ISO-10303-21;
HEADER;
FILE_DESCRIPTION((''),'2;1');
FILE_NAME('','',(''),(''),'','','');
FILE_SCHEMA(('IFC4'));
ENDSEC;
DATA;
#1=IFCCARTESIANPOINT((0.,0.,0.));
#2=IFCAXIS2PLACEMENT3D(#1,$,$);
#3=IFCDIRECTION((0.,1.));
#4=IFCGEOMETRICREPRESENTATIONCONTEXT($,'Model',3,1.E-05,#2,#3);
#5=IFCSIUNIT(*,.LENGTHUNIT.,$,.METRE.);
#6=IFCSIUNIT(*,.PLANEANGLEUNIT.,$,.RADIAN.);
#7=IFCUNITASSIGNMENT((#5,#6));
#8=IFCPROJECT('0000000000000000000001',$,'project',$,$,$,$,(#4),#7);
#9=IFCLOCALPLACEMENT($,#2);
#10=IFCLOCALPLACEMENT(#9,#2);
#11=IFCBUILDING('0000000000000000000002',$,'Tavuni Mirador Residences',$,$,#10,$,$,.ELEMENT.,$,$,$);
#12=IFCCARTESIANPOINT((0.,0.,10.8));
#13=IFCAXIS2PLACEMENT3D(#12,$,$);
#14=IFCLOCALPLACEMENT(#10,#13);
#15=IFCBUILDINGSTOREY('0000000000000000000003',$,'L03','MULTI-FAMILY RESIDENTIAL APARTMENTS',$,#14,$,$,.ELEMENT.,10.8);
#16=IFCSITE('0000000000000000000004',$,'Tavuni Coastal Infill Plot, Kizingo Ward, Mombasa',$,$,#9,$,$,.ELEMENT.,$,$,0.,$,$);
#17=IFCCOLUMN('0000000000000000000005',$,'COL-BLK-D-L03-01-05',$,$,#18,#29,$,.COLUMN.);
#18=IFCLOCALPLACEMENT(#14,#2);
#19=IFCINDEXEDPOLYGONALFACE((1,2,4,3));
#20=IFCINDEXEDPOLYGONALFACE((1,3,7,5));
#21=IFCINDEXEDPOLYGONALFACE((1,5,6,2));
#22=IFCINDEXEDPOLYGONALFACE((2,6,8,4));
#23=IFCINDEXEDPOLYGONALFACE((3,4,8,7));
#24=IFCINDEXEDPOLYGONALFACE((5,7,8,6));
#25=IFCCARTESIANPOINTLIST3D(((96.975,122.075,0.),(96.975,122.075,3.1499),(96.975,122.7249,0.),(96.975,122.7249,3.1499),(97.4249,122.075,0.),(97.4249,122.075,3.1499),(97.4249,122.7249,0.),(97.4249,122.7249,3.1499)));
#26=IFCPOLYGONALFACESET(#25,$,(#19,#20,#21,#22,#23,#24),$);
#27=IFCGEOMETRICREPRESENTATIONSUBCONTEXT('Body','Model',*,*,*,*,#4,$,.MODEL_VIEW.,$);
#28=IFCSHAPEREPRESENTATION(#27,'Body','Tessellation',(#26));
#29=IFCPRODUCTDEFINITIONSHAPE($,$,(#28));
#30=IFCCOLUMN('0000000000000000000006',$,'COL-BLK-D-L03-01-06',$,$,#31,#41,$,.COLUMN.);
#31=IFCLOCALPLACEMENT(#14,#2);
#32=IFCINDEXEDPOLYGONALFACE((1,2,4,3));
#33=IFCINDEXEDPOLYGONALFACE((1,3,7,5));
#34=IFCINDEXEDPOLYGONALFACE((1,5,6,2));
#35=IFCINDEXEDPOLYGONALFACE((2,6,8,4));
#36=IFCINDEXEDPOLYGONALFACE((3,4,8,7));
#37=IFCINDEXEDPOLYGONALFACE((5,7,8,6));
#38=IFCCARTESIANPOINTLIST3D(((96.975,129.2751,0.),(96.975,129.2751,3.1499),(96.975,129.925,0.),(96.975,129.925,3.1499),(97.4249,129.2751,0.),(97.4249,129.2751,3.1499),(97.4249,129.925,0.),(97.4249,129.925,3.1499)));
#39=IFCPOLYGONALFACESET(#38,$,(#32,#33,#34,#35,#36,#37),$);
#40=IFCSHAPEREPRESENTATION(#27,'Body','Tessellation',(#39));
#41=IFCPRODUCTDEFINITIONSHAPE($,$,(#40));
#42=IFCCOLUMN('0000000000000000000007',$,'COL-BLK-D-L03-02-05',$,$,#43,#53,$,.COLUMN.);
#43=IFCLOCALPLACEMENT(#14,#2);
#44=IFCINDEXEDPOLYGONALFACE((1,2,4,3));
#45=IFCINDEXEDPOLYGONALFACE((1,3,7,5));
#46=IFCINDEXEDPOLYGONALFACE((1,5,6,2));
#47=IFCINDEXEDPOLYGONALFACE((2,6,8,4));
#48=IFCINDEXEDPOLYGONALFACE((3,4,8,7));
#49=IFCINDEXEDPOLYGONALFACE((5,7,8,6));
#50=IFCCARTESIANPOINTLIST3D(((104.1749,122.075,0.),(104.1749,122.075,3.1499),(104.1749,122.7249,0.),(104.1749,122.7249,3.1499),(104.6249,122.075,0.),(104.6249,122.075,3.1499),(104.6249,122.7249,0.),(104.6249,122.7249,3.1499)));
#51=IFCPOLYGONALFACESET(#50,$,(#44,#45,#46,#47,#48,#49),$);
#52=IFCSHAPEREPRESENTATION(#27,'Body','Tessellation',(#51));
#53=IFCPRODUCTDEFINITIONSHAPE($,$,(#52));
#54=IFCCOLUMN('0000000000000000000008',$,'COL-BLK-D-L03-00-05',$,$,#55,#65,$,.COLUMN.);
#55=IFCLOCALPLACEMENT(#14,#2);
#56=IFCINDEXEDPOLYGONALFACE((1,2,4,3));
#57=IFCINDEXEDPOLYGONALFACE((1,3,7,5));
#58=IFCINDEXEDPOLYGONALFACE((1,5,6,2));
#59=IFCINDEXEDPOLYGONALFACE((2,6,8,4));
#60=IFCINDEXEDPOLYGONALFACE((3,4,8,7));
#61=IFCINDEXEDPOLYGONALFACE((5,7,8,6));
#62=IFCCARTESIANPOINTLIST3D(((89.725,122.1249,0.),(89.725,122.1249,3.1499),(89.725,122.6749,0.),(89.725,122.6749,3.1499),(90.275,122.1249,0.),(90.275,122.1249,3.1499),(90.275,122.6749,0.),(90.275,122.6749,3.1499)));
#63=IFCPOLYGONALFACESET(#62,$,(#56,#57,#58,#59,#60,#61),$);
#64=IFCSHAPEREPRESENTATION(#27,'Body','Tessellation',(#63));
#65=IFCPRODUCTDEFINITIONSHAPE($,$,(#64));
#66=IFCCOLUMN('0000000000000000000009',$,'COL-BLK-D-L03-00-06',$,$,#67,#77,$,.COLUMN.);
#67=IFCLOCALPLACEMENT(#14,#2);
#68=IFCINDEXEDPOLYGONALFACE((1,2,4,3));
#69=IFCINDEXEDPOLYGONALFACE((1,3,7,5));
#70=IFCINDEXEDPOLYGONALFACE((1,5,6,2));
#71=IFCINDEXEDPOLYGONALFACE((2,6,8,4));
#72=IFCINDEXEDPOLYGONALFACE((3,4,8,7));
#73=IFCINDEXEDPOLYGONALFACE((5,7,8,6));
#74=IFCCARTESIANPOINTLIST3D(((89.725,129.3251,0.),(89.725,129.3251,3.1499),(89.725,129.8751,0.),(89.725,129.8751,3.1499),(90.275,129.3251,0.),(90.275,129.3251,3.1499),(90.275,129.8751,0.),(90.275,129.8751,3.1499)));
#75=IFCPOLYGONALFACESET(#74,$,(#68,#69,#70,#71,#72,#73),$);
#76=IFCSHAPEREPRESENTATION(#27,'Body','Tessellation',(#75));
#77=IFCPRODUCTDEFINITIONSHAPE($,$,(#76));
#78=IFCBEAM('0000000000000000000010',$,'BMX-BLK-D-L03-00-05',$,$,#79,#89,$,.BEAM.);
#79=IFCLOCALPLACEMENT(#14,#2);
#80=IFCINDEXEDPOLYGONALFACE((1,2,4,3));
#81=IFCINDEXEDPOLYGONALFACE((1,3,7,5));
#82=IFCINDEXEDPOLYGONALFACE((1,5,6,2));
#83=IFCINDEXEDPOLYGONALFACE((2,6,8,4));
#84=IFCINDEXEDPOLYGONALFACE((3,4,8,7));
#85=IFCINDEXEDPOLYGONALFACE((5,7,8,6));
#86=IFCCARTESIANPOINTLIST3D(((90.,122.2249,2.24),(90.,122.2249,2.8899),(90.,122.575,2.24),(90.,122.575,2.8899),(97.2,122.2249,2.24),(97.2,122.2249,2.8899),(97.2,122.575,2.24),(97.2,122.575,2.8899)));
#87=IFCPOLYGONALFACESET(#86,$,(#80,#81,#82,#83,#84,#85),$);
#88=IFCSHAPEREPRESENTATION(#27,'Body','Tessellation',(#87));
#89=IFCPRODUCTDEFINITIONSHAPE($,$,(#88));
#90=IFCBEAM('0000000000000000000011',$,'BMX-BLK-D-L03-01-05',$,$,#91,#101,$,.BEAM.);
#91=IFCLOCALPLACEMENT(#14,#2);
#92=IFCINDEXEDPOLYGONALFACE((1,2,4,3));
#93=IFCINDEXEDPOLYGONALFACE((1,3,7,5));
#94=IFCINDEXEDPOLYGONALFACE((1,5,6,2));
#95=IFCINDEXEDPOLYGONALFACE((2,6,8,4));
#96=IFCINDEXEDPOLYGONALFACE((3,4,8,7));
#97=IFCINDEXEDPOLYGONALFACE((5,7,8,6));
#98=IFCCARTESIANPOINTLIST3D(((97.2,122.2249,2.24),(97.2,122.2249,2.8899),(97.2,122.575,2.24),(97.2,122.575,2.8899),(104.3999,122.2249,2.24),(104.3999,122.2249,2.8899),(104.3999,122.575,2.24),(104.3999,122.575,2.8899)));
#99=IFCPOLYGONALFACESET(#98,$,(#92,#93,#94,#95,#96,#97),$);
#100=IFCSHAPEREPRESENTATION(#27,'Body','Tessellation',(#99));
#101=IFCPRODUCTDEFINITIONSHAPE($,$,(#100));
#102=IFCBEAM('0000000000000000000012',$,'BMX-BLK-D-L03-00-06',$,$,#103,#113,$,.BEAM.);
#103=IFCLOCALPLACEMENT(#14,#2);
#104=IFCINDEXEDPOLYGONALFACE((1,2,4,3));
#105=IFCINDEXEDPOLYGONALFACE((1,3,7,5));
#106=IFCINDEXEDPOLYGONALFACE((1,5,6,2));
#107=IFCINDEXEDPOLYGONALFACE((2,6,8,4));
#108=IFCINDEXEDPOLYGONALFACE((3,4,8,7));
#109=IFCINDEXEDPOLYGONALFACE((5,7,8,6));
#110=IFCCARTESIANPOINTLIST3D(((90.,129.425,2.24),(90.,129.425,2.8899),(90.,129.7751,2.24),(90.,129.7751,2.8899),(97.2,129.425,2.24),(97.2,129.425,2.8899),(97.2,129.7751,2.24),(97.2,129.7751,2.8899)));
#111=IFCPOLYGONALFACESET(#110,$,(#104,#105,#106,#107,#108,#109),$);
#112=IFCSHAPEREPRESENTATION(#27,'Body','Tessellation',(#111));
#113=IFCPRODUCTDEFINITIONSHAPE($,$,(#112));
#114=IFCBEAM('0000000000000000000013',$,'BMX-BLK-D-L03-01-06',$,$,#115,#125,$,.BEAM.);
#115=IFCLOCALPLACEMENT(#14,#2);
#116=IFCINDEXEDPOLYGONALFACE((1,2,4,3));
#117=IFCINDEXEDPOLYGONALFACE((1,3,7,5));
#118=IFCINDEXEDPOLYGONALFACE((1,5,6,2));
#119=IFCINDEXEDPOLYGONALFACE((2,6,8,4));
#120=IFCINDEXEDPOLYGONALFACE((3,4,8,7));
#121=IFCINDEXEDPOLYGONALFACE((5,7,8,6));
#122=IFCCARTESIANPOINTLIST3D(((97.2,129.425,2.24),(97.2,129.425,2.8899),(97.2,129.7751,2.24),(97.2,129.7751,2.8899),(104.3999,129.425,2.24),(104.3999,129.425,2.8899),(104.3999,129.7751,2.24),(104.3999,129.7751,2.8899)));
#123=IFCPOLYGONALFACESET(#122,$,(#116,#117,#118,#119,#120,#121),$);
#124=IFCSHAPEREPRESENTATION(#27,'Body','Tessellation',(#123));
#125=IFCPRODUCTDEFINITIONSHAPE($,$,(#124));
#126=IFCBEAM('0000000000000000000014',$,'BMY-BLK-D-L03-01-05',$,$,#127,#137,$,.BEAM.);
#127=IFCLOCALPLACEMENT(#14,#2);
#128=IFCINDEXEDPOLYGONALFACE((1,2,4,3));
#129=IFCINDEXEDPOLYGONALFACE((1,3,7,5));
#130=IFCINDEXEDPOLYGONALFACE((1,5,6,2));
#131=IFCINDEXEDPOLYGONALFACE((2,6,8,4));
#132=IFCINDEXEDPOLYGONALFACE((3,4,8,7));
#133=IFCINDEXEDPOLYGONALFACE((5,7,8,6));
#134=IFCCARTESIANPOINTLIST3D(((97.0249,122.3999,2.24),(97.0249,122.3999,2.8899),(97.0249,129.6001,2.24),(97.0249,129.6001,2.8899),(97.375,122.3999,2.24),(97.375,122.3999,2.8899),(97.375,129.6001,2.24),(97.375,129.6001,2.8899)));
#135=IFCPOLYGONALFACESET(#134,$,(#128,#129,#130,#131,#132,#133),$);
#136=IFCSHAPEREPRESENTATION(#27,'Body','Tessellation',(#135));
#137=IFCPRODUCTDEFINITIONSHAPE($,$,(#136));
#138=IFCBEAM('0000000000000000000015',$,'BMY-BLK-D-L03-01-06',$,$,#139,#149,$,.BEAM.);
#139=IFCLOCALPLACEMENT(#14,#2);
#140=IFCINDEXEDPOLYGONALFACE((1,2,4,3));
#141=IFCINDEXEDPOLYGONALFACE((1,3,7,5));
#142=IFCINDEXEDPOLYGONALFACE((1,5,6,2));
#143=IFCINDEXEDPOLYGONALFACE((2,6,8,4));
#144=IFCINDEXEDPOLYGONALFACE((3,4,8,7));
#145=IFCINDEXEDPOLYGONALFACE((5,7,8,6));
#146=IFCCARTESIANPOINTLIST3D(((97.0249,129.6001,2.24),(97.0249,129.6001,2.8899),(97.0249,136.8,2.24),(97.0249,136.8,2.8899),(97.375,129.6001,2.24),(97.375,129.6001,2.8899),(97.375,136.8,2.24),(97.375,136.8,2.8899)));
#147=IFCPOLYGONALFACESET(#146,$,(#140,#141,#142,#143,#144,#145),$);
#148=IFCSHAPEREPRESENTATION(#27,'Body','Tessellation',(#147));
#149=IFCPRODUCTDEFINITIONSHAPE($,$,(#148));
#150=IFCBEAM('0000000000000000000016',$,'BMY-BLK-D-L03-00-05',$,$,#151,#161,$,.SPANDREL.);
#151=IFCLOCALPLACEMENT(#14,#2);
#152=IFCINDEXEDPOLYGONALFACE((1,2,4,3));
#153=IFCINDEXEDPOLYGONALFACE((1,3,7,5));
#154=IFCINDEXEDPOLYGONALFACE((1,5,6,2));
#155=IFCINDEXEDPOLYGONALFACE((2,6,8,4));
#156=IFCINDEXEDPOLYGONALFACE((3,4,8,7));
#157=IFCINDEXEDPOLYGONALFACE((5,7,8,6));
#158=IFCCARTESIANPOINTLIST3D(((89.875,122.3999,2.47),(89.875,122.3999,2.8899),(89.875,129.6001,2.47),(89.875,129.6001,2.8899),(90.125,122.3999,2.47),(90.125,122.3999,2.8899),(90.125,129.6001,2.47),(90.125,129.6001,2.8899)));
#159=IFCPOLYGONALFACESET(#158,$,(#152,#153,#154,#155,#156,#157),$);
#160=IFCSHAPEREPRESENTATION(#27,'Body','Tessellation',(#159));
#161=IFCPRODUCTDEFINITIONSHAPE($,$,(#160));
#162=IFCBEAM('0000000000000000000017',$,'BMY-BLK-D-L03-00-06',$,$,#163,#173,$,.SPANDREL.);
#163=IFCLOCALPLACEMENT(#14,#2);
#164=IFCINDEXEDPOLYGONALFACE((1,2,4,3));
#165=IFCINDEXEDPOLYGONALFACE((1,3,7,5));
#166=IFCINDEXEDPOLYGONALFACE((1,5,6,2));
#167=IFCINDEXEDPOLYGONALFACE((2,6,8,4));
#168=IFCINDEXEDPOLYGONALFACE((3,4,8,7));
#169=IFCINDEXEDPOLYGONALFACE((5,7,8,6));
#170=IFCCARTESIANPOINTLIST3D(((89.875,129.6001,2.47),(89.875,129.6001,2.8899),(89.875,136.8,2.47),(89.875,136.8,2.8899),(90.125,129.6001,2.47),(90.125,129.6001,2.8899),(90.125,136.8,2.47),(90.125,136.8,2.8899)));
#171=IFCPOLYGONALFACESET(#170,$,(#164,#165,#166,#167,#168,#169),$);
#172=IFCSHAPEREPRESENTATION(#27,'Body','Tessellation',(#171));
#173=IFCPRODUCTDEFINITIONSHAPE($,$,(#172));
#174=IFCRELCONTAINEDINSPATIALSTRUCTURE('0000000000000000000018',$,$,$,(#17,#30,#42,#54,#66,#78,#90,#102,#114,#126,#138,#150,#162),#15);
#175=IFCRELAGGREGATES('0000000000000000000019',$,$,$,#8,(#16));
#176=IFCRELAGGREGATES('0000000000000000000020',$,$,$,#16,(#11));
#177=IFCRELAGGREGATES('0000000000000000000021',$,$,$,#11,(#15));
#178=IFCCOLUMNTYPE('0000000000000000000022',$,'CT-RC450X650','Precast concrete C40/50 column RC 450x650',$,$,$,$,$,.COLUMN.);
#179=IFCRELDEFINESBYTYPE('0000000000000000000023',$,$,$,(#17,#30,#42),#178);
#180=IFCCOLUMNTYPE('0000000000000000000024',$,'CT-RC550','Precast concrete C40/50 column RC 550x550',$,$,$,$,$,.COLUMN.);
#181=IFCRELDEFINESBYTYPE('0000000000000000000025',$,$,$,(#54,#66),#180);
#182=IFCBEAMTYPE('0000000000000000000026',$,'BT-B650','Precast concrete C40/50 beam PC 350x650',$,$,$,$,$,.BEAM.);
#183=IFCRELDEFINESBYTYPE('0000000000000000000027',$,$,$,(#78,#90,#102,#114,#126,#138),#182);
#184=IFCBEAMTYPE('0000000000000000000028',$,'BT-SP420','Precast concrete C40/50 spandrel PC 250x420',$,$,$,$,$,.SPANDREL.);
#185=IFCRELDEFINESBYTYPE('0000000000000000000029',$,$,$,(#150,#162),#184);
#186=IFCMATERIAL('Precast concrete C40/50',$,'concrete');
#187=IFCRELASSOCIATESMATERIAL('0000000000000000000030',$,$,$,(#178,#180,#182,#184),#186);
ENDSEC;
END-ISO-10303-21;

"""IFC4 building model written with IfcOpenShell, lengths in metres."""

from ifc_helpers import new_model, si_unit, direction, frame, origin, origin_2d, place, context, subcontext, project, spatial, rectangle, extrude, material, material_profile, profile_set, type_object, element, save


model = new_model("IFC4")

# Units and contexts
model_context = context("Model", 3, precision=1e-05, world=origin(), true_north=direction((0.0, 1.0)))
body_context = subcontext(model_context, "Body", "Model", "MODEL_VIEW")
ifc_project = project(units=[si_unit("LENGTHUNIT", "METRE"), si_unit("PLANEANGLEUNIT", "RADIAN")], contexts=[model_context])

# Site, building, storey
site_placement = place(None, origin())
site = spatial("IfcSite", under=ifc_project, at=site_placement, Name="Tavuni Coastal Infill Plot, Kizingo Ward, Mombasa", CompositionType="ELEMENT", RefElevation=0.0)
building_placement = place(site_placement, origin())
building = spatial("IfcBuilding", under=site, at=building_placement, Name="Tavuni Mirador Residences", CompositionType="ELEMENT")
storey_placement = place(building_placement, frame((0.0, 0.0, 10.8)))
storey = spatial("IfcBuildingStorey", under=building, at=storey_placement, Name="L03", Description="MULTI-FAMILY RESIDENTIAL APARTMENTS", CompositionType="ELEMENT", Elevation=10.8)

# Columns
ifc_material_1 = material(Name="Precast concrete C40/50", Category="concrete")
ifc_material_profile_1 = material_profile(ifc_material_1, rectangle(XDim=0.45, YDim=0.6499, at=origin_2d()), Name="RC 450x650", Category="concrete")
ifc_profile_set_1 = profile_set([ifc_material_profile_1], Name="Precast concrete C40/50")
column_type_1 = type_object("IfcColumnType", Name="CT-RC450X650", Description="Precast concrete C40/50 column RC 450x650", PredefinedType="COLUMN", material=ifc_profile_set_1)
for number, where, z_axis, x_axis, name in (
    (1, (97.2, 122.3999, 0.0), (0.0, 0.0, 1.0), (1.0, 0.0, 0.0), "COL-BLK-D-L03-01-05"),
    (2, (97.2, 129.6001, 0.0), (0.0, 0.0, 1.0), (1.0, 0.0, 0.0), "COL-BLK-D-L03-01-06"),
    (3, (104.3999, 122.3999, 0.0), (0.0, 0.0, 1.0), (1.0, 0.0, 0.0), "COL-BLK-D-L03-02-05"),
):
    element("IfcColumn", number, at=place(storey_placement, frame(where, z_axis=z_axis, x_axis=x_axis)), inside=storey, type_object=column_type_1, Name=name, PredefinedType="COLUMN", context=body_context, shape_type="SweptSolid", body=[
        extrude(rectangle(XDim=0.45, YDim=0.6499, at=origin_2d()), origin(), (0.0, 0.0, 1.0), 3.1499),
    ])
ifc_material_profile_2 = material_profile(ifc_material_1, rectangle(XDim=0.55, YDim=0.55, at=origin_2d()), Name="RC 550x550", Category="concrete")
ifc_profile_set_2 = profile_set([ifc_material_profile_2], Name="Precast concrete C40/50")
column_type_2 = type_object("IfcColumnType", Name="CT-RC550", Description="Precast concrete C40/50 column RC 550x550", PredefinedType="COLUMN", material=ifc_profile_set_2)
for number, where, z_axis, x_axis, name in (
    (4, (90.0, 122.3999, 0.0), (0.0, 0.0, 1.0), (1.0, 0.0, 0.0), "COL-BLK-D-L03-00-05"),
    (5, (90.0, 129.6001, 0.0), (0.0, 0.0, 1.0), (1.0, 0.0, 0.0), "COL-BLK-D-L03-00-06"),
):
    element("IfcColumn", number, at=place(storey_placement, frame(where, z_axis=z_axis, x_axis=x_axis)), inside=storey, type_object=column_type_2, Name=name, PredefinedType="COLUMN", context=body_context, shape_type="SweptSolid", body=[
        extrude(rectangle(XDim=0.55, YDim=0.55, at=origin_2d()), origin(), (0.0, 0.0, 1.0), 3.1499),
    ])

# Beams
ifc_material_profile_3 = material_profile(ifc_material_1, rectangle(XDim=0.3501, YDim=0.6499, at=origin_2d()), Name="PC 350x650", Category="concrete")
ifc_profile_set_3 = profile_set([ifc_material_profile_3], Name="Precast concrete C40/50")
beam_type_1 = type_object("IfcBeamType", Name="BT-B650", Description="Precast concrete C40/50 beam PC 350x650", PredefinedType="BEAM", material=ifc_profile_set_3)
for number, where, z_axis, x_axis, name in (
    (6, (90.0, 122.3999, 2.5649), (1.0, 0.0, 0.0), (0.0, 1.0, 0.0), "BMX-BLK-D-L03-00-05"),
    (7, (97.2, 122.3999, 2.5649), (1.0, 0.0, 0.0), (0.0, 1.0, 0.0), "BMX-BLK-D-L03-01-05"),
    (8, (90.0, 129.6001, 2.5649), (1.0, 0.0, 0.0), (0.0, 1.0, 0.0), "BMX-BLK-D-L03-00-06"),
    (9, (97.2, 129.6001, 2.5649), (1.0, 0.0, 0.0), (0.0, 1.0, 0.0), "BMX-BLK-D-L03-01-06"),
):
    element("IfcBeam", number, at=place(storey_placement, frame(where, z_axis=z_axis, x_axis=x_axis)), inside=storey, type_object=beam_type_1, Name=name, PredefinedType="BEAM", context=body_context, shape_type="SweptSolid", body=[
        extrude(rectangle(XDim=0.3501, YDim=0.6499, at=origin_2d()), origin(), (0.0, 0.0, 1.0), 7.2),
    ])
beam_1_placement = place(storey_placement, frame((97.2, 122.3999, 2.5649), z_axis=(0.0, 1.0, 0.0), x_axis=(-1.0, 0.0, 0.0)))
element("IfcBeam", 10, at=beam_1_placement, inside=storey, type_object=beam_type_1, Name="BMY-BLK-D-L03-01-05", PredefinedType="BEAM", context=body_context, shape_type="SweptSolid", body=[
    extrude(rectangle(XDim=0.3501, YDim=0.6499, at=origin_2d()), origin(), (0.0, 0.0, 1.0), 7.2002),
])
beam_2_placement = place(storey_placement, frame((97.2, 129.6001, 2.5649), z_axis=(0.0, 1.0, 0.0), x_axis=(-1.0, 0.0, 0.0)))
element("IfcBeam", 11, at=beam_2_placement, inside=storey, type_object=beam_type_1, Name="BMY-BLK-D-L03-01-06", PredefinedType="BEAM", context=body_context, shape_type="SweptSolid", body=[
    extrude(rectangle(XDim=0.3501, YDim=0.6499, at=origin_2d()), origin(), (0.0, 0.0, 1.0), 7.2),
])
ifc_material_profile_4 = material_profile(ifc_material_1, rectangle(XDim=0.25, YDim=0.4199, at=origin_2d()), Name="PC 250x420", Category="concrete")
ifc_profile_set_4 = profile_set([ifc_material_profile_4], Name="Precast concrete C40/50")
beam_type_2 = type_object("IfcBeamType", Name="BT-SP420", Description="Precast concrete C40/50 spandrel PC 250x420", PredefinedType="SPANDREL", material=ifc_profile_set_4)
beam_3_placement = place(storey_placement, frame((90.0, 122.3999, 2.6799), z_axis=(0.0, 1.0, 0.0), x_axis=(-1.0, 0.0, 0.0)))
element("IfcBeam", 12, at=beam_3_placement, inside=storey, type_object=beam_type_2, Name="BMY-BLK-D-L03-00-05", PredefinedType="SPANDREL", context=body_context, shape_type="SweptSolid", body=[
    extrude(rectangle(XDim=0.25, YDim=0.4199, at=origin_2d()), origin(), (0.0, 0.0, 1.0), 7.2002),
])
beam_4_placement = place(storey_placement, frame((90.0, 129.6001, 2.6799), z_axis=(0.0, 1.0, 0.0), x_axis=(-1.0, 0.0, 0.0)))
element("IfcBeam", 13, at=beam_4_placement, inside=storey, type_object=beam_type_2, Name="BMY-BLK-D-L03-00-06", PredefinedType="SPANDREL", context=body_context, shape_type="SweptSolid", body=[
    extrude(rectangle(XDim=0.25, YDim=0.4199, at=origin_2d()), origin(), (0.0, 0.0, 1.0), 7.2),
])

save(model, "model.ifc")
